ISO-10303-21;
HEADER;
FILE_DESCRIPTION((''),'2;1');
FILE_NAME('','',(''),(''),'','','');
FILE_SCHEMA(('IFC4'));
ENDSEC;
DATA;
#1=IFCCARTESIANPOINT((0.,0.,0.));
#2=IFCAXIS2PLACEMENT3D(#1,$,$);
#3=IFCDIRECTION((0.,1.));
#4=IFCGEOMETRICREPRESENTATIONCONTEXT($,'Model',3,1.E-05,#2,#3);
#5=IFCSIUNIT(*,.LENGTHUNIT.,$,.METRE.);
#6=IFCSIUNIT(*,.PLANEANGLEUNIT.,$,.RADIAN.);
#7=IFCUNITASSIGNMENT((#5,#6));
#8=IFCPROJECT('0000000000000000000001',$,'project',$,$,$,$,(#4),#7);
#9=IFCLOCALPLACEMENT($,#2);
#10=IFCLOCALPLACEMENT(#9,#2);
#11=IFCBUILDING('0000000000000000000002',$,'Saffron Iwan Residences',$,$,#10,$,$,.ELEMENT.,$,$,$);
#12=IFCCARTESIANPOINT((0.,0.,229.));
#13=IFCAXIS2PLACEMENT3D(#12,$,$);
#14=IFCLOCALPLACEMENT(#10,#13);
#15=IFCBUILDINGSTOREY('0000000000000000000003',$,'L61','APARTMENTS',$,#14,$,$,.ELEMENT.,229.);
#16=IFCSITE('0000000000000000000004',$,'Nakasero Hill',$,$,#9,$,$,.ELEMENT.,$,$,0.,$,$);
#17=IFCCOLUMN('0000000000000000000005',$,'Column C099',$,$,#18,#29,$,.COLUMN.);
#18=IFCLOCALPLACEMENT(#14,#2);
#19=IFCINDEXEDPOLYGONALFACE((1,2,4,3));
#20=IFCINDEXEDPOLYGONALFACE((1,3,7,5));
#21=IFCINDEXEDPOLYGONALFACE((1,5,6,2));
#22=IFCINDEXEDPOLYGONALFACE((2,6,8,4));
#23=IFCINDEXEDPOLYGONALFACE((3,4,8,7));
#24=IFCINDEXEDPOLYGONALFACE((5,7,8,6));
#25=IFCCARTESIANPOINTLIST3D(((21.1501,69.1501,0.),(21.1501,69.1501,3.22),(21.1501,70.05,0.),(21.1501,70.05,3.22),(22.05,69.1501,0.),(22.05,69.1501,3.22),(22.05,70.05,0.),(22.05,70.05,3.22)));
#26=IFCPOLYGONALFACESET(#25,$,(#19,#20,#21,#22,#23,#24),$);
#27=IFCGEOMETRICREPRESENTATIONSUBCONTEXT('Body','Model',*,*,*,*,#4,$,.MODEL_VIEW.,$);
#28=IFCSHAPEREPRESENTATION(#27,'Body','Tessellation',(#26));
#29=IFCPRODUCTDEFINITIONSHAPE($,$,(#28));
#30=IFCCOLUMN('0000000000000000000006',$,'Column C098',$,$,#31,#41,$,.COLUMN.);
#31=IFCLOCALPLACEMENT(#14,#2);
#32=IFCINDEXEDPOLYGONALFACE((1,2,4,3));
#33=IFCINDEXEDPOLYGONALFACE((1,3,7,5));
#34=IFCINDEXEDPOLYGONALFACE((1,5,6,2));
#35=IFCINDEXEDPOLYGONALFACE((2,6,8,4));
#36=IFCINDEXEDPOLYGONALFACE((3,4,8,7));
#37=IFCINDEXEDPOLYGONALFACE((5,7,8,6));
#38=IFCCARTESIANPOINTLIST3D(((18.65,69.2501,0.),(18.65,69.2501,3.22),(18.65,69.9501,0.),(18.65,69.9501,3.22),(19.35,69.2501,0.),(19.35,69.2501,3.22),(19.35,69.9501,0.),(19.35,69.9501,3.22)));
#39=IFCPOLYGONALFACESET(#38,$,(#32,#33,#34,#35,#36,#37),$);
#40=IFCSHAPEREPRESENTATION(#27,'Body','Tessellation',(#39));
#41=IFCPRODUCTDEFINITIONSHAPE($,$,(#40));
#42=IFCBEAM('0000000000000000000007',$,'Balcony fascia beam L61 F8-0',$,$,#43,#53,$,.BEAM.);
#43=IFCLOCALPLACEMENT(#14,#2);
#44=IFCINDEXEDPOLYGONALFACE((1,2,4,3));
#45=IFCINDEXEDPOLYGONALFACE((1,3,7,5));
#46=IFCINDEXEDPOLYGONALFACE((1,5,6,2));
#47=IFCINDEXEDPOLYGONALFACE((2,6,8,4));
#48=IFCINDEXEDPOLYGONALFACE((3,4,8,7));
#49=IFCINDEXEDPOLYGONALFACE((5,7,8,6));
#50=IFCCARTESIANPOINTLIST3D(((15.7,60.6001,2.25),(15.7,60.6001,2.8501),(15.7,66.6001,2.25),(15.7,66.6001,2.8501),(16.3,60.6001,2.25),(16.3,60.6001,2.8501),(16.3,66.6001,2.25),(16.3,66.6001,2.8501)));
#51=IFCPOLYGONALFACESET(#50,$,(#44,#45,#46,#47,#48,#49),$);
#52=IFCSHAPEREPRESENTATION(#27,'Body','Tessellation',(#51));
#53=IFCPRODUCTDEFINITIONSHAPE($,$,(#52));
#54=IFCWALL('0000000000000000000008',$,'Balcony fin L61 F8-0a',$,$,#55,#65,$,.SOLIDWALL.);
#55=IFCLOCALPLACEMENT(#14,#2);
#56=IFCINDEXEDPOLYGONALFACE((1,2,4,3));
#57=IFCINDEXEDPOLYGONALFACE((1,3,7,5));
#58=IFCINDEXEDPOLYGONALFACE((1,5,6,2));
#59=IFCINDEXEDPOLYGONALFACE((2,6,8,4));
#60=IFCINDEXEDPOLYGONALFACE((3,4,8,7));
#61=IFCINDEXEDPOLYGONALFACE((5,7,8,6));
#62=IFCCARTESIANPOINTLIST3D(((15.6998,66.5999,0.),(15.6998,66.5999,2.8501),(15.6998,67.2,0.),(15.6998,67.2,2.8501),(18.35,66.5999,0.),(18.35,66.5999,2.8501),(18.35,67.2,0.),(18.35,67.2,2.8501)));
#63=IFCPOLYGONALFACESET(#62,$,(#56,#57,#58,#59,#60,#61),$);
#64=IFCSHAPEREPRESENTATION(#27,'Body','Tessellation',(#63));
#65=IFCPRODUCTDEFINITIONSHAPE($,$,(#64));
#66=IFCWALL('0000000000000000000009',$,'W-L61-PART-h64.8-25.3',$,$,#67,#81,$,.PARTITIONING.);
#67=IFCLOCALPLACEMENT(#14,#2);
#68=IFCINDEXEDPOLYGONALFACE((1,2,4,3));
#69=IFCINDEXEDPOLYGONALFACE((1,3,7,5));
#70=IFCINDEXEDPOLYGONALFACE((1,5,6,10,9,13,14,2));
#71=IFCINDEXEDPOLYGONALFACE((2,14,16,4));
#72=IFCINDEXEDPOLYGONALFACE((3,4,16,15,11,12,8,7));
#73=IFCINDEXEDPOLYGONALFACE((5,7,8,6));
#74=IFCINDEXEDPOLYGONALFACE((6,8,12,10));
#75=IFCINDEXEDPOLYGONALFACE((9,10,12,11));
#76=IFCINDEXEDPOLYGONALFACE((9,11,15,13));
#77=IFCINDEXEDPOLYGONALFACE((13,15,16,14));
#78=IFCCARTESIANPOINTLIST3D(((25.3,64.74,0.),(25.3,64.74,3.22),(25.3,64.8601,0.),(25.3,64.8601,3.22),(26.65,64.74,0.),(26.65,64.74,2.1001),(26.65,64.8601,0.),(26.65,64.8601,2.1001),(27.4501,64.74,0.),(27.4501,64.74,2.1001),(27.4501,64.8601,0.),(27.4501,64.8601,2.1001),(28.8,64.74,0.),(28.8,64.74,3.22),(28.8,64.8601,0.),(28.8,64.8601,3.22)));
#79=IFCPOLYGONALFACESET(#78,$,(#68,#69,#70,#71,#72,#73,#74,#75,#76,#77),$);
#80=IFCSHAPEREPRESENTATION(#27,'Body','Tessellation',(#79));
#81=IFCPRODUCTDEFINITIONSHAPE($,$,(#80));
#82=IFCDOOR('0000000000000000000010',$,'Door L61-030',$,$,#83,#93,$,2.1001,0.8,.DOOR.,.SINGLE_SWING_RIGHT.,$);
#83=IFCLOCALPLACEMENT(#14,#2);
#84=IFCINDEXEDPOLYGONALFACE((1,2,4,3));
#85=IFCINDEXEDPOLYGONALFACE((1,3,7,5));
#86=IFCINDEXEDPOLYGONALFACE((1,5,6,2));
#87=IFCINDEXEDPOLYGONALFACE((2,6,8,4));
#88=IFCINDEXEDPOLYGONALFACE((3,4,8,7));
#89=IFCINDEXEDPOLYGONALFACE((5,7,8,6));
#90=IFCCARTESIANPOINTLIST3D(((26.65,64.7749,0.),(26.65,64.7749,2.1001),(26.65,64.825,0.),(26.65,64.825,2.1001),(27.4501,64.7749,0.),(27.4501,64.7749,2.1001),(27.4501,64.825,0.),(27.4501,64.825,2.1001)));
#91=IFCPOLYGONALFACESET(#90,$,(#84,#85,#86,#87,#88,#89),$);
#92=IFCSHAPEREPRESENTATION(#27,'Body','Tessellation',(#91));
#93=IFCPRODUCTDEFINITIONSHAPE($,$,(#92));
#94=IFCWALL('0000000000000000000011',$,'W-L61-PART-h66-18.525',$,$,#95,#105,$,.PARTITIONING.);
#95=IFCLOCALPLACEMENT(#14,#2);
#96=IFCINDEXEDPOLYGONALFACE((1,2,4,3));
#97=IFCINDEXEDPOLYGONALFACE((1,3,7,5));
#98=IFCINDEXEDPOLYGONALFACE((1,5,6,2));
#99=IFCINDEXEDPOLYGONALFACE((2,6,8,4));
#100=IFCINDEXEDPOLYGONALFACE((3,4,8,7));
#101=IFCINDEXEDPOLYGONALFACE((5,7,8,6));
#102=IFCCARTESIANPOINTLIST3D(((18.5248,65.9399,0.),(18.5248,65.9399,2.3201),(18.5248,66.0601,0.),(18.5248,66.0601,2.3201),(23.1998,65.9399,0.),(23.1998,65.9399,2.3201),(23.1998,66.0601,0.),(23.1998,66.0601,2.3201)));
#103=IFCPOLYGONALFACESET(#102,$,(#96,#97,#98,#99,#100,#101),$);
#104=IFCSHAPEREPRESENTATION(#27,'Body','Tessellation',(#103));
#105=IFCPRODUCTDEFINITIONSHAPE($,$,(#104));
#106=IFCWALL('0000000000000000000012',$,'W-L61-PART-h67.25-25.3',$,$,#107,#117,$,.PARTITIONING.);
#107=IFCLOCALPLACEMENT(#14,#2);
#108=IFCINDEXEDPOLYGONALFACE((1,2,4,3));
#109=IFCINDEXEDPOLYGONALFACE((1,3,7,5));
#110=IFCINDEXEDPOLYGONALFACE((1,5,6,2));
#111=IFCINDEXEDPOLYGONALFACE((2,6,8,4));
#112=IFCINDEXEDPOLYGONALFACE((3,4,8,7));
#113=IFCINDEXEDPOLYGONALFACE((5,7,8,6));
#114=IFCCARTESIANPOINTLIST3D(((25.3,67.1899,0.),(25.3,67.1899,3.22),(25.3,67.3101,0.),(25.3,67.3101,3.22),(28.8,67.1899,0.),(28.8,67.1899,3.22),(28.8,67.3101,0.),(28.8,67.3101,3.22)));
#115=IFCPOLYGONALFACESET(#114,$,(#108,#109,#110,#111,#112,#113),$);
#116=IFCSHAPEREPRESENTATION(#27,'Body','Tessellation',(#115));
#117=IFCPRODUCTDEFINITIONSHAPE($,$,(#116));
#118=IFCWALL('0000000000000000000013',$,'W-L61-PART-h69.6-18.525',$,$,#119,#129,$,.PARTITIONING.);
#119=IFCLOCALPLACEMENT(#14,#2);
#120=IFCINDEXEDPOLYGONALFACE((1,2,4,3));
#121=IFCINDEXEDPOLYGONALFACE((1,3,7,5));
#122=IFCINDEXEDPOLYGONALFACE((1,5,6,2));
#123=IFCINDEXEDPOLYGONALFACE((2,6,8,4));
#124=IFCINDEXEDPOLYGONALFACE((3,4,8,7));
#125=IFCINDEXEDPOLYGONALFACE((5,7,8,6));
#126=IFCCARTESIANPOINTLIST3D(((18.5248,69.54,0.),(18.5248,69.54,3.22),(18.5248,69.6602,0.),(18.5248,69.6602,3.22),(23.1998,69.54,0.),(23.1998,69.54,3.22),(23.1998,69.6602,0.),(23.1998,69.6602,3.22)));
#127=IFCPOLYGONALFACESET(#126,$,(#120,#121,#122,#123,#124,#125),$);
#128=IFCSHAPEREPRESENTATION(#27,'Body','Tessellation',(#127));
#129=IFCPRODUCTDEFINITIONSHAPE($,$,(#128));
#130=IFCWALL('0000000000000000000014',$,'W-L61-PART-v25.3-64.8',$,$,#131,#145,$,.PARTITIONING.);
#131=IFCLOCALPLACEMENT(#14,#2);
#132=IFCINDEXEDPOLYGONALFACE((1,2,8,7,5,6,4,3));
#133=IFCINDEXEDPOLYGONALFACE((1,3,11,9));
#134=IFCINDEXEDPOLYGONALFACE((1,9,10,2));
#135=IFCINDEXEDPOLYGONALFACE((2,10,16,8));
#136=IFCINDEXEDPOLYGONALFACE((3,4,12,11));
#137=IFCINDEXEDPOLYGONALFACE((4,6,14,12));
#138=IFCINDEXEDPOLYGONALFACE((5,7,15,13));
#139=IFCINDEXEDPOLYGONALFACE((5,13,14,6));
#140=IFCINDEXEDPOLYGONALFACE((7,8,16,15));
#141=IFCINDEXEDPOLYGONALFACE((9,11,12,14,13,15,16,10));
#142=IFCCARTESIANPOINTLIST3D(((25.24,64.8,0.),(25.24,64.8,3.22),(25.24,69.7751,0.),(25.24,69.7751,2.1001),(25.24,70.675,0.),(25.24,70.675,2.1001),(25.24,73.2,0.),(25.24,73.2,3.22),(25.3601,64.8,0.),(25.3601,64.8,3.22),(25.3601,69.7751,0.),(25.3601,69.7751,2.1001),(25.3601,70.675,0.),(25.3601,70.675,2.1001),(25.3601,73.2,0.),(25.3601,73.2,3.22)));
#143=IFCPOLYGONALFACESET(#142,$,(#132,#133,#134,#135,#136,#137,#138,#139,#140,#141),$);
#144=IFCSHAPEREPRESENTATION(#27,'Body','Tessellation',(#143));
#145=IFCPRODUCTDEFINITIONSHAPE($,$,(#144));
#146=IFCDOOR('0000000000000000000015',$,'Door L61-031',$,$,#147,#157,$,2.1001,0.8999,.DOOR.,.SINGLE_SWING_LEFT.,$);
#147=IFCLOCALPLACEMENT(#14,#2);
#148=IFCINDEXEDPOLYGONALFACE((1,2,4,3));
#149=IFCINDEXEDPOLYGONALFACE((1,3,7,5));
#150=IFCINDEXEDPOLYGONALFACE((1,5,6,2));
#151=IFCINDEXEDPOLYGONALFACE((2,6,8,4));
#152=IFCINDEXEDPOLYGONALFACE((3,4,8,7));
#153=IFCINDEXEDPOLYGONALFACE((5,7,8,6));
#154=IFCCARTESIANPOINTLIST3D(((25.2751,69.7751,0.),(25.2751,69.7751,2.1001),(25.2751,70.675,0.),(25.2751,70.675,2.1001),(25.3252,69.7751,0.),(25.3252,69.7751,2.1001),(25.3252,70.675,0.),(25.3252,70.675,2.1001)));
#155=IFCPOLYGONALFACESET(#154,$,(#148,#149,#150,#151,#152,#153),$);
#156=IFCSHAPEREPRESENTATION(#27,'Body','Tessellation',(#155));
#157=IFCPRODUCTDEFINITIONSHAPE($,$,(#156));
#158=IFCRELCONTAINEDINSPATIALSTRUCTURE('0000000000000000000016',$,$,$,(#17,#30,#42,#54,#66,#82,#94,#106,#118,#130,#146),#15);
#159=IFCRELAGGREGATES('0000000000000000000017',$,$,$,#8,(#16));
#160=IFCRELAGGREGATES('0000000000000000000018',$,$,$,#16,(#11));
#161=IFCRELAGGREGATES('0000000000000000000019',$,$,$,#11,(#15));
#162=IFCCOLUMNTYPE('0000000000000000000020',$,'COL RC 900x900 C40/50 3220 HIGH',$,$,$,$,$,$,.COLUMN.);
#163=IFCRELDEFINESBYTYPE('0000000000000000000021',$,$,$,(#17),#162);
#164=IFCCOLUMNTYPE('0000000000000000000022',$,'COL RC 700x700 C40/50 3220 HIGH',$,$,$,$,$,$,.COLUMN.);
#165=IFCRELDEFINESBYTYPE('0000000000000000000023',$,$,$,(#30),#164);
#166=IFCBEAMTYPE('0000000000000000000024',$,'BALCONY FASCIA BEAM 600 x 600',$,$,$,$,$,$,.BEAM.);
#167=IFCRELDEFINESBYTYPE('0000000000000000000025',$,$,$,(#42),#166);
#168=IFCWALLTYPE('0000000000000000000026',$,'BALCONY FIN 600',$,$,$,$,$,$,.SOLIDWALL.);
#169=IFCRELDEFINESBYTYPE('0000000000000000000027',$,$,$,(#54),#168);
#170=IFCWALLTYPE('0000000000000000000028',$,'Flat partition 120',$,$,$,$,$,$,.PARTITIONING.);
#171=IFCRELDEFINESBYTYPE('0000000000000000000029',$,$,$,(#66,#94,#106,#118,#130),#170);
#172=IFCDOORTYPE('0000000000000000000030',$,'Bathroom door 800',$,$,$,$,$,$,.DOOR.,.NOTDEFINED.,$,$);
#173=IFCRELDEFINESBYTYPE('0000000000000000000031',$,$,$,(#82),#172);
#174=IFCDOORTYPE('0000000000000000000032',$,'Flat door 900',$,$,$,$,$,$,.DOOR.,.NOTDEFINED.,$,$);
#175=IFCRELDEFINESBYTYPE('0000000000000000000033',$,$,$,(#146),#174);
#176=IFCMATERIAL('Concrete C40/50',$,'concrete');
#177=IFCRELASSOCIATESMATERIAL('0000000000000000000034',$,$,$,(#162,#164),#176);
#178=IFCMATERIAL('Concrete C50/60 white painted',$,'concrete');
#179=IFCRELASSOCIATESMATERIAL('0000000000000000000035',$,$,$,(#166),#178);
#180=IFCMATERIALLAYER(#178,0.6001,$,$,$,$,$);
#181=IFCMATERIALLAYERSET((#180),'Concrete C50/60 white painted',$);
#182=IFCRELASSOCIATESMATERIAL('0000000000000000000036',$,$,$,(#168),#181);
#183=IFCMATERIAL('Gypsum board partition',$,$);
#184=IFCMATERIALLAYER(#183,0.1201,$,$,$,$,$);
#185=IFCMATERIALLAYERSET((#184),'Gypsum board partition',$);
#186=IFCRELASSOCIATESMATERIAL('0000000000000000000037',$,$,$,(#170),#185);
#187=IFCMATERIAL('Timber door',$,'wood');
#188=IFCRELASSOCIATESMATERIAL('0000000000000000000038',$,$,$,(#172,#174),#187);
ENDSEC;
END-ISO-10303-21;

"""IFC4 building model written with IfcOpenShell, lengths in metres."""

from ifc_helpers import new_model, si_unit, direction, frame, frame_2d, origin, origin_2d, place, context, subcontext, project, spatial, rectangle, extrude, source, transform, mapped, material, layer, layer_set, material_profile, profile_set, type_object, element, fill, save


model = new_model("IFC4")

# Units and contexts
model_context = context("Model", 3, precision=1e-05, world=origin(), true_north=direction((0.0, 1.0)))
body_context = subcontext(model_context, "Body", "Model", "MODEL_VIEW")
ifc_project = project(units=[si_unit("LENGTHUNIT", "METRE"), si_unit("PLANEANGLEUNIT", "RADIAN")], contexts=[model_context])

# Site, building, storey
site_placement = place(None, origin())
site = spatial("IfcSite", under=ifc_project, at=site_placement, Name="Nakasero Hill", CompositionType="ELEMENT", RefElevation=0.0)
building_placement = place(site_placement, origin())
building = spatial("IfcBuilding", under=site, at=building_placement, Name="Saffron Iwan Residences", CompositionType="ELEMENT")
storey_placement = place(building_placement, frame((0.0, 0.0, 229.0)))
storey = spatial("IfcBuildingStorey", under=building, at=storey_placement, Name="L61", Description="APARTMENTS", CompositionType="ELEMENT", Elevation=229.0)

# Columns
ifc_material_1 = material(Name="Concrete C40/50", Category="concrete")
ifc_material_profile_1 = material_profile(ifc_material_1, rectangle(XDim=0.8999, YDim=0.8999, at=origin_2d()), Name="RC 900x900")
ifc_profile_set_1 = profile_set([ifc_material_profile_1], Name="Concrete C40/50")
column_type_1 = type_object("IfcColumnType", Name="COL RC 900x900 C40/50 3220 HIGH", PredefinedType="COLUMN", material=ifc_profile_set_1)
shared_shape_1 = source(origin(), body_context, "Body", "SweptSolid", [
    extrude(rectangle(XDim=0.8999, YDim=0.8999, at=origin_2d()), origin(), (0.0, 0.0, 1.0), 3.22),
])
column_1_placement = place(storey_placement, frame((21.6001, 69.6001, 0.0), z_axis=(0.0, 0.0, 1.0), x_axis=(1.0, 0.0, 0.0)))
element("IfcColumn", 1, at=column_1_placement, inside=storey, type_object=column_type_1, Name="Column C099", PredefinedType="COLUMN", context=body_context, shape_type="MappedRepresentation", body=[
    mapped(shared_shape_1, transform((0.0, 0.0, 0.0))),
])
ifc_material_profile_2 = material_profile(ifc_material_1, rectangle(XDim=0.7, YDim=0.7, at=origin_2d()), Name="RC 700x700")
ifc_profile_set_2 = profile_set([ifc_material_profile_2], Name="Concrete C40/50")
column_type_2 = type_object("IfcColumnType", Name="COL RC 700x700 C40/50 3220 HIGH", PredefinedType="COLUMN", material=ifc_profile_set_2)
shared_shape_2 = source(origin(), body_context, "Body", "SweptSolid", [
    extrude(rectangle(XDim=0.7, YDim=0.7, at=origin_2d()), origin(), (0.0, 0.0, 1.0), 3.22),
])
column_2_placement = place(storey_placement, frame((19.0, 69.6001, 0.0), z_axis=(0.0, 0.0, 1.0), x_axis=(1.0, 0.0, 0.0)))
element("IfcColumn", 2, at=column_2_placement, inside=storey, type_object=column_type_2, Name="Column C098", PredefinedType="COLUMN", context=body_context, shape_type="MappedRepresentation", body=[
    mapped(shared_shape_2, transform((0.0, 0.0, 0.0))),
])

# Beam
ifc_material_2 = material(Name="Concrete C50/60 white painted", Category="concrete")
ifc_material_profile_3 = material_profile(ifc_material_2, rectangle(XDim=0.6001, YDim=0.6001, at=origin_2d()), Name="BALCONY FASCIA BEAM 600 x 600")
ifc_profile_set_3 = profile_set([ifc_material_profile_3], Name="Concrete C50/60 white painted")
beam_type = type_object("IfcBeamType", Name="BALCONY FASCIA BEAM 600 x 600", PredefinedType="BEAM", material=ifc_profile_set_3)
shared_shape_3 = source(origin(), body_context, "Body", "SweptSolid", [
    extrude(rectangle(XDim=0.6001, YDim=0.6001, at=origin_2d()), origin(), (0.0, 0.0, 1.0), 6.0),
])
beam_placement = place(storey_placement, frame((16.0, 66.6001, 2.55), z_axis=(0.0, -1.0, 0.0), x_axis=(1.0, 0.0, 0.0)))
element("IfcBeam", 3, at=beam_placement, inside=storey, type_object=beam_type, Name="Balcony fascia beam L61 F8-0", PredefinedType="BEAM", context=body_context, shape_type="MappedRepresentation", body=[
    mapped(shared_shape_3, transform((0.0, 0.0, 0.0))),
])

# Wall
ifc_layer_1 = layer(ifc_material_2, 0.6001)
ifc_layer_set_1 = layer_set([ifc_layer_1], Name="Concrete C50/60 white painted")
wall_type_1 = type_object("IfcWallType", Name="BALCONY FIN 600", PredefinedType="SOLIDWALL", material=ifc_layer_set_1)
wall_1_placement = place(storey_placement, frame((18.3501, 66.8999, 0.0), z_axis=(0.0, 0.0, 1.0), x_axis=(-1.0, 0.0, 0.0)))
element("IfcWall", 4, at=wall_1_placement, inside=storey, type_object=wall_type_1, Name="Balcony fin L61 F8-0a", PredefinedType="SOLIDWALL", context=body_context, shape_type="SweptSolid", body=[
    extrude(rectangle(XDim=2.6501, YDim=0.6001, at=frame_2d((1.3252, 0.0))), origin(), (0.0, 0.0, 1.0), 2.8501),
])

# Wall, opening, door
ifc_material_3 = material(Name="Gypsum board partition")
ifc_layer_2 = layer(ifc_material_3, 0.1201)
ifc_layer_set_2 = layer_set([ifc_layer_2], Name="Gypsum board partition")
wall_type_2 = type_object("IfcWallType", Name="Flat partition 120", PredefinedType="PARTITIONING", material=ifc_layer_set_2)
wall_2_placement = place(storey_placement, frame((25.3, 64.8, 0.0), z_axis=(0.0, 0.0, 1.0), x_axis=(1.0, 0.0, 0.0)))
wall_2 = element("IfcWall", 5, at=wall_2_placement, inside=storey, type_object=wall_type_2, Name="W-L61-PART-h64.8-25.3", PredefinedType="PARTITIONING", context=body_context, shape_type="SweptSolid", body=[
    extrude(rectangle(XDim=3.5, YDim=0.1201, at=frame_2d((1.75, 0.0))), origin(), (0.0, 0.0, 1.0), 3.22),
])
opening_1_placement = place(wall_2_placement, frame((1.3501, 0.0, 0.0)))
opening_1 = element("IfcOpeningElement", 6, at=opening_1_placement, cuts=wall_2, PredefinedType="OPENING", context=body_context, shape_type="SweptSolid", body=[
    extrude(rectangle(XDim=0.8, YDim=2.1001, at=frame_2d((0.3999, 1.05))), frame((0.0, 0.0701, 0.0), z_axis=(0.0, -1.0, 0.0), x_axis=(1.0, 0.0, 0.0)), (0.0, 0.0, 1.0), 0.1401),
])
ifc_material_4 = material(Name="Timber door", Category="wood")
door_type_1 = type_object("IfcDoorType", Name="Bathroom door 800", OperationType="NOTDEFINED", PredefinedType="DOOR", material=ifc_material_4)
door_1_placement = place(opening_1_placement, origin())
door_1 = element("IfcDoor", 7, at=door_1_placement, inside=storey, type_object=door_type_1, Name="Door L61-030", OperationType="SINGLE_SWING_RIGHT", OverallHeight=2.1001, OverallWidth=0.8, PredefinedType="DOOR", context=body_context, shape_type="SweptSolid", body=[
    extrude(rectangle(XDim=0.8, YDim=2.1001, at=frame_2d((0.3999, 1.05))), frame((0.0, 0.0249, 0.0), z_axis=(0.0, -1.0, 0.0), x_axis=(1.0, 0.0, 0.0)), (0.0, 0.0, 1.0), 0.05),
])
fill(opening_1, door_1)

# Walls
wall_3_placement = place(storey_placement, frame((18.5249, 66.0, 0.0), z_axis=(0.0, 0.0, 1.0), x_axis=(1.0, 0.0, 0.0)))
element("IfcWall", 8, at=wall_3_placement, inside=storey, type_object=wall_type_2, Name="W-L61-PART-h66-18.525", PredefinedType="PARTITIONING", context=body_context, shape_type="SweptSolid", body=[
    extrude(rectangle(XDim=4.675, YDim=0.1201, at=frame_2d((2.3374, 0.0))), origin(), (0.0, 0.0, 1.0), 2.3201),
])
wall_4_placement = place(storey_placement, frame((25.3, 67.25, 0.0), z_axis=(0.0, 0.0, 1.0), x_axis=(1.0, 0.0, 0.0)))
element("IfcWall", 9, at=wall_4_placement, inside=storey, type_object=wall_type_2, Name="W-L61-PART-h67.25-25.3", PredefinedType="PARTITIONING", context=body_context, shape_type="SweptSolid", body=[
    extrude(rectangle(XDim=3.5, YDim=0.1201, at=frame_2d((1.75, 0.0))), origin(), (0.0, 0.0, 1.0), 3.22),
])
wall_5_placement = place(storey_placement, frame((18.5249, 69.6001, 0.0), z_axis=(0.0, 0.0, 1.0), x_axis=(1.0, 0.0, 0.0)))
element("IfcWall", 10, at=wall_5_placement, inside=storey, type_object=wall_type_2, Name="W-L61-PART-h69.6-18.525", PredefinedType="PARTITIONING", context=body_context, shape_type="SweptSolid", body=[
    extrude(rectangle(XDim=4.675, YDim=0.1201, at=frame_2d((2.3374, 0.0))), origin(), (0.0, 0.0, 1.0), 3.22),
])

# Wall, opening, door
wall_6_placement = place(storey_placement, frame((25.3, 64.8, 0.0), z_axis=(0.0, 0.0, 1.0), x_axis=(0.0, 1.0, 0.0)))
wall_6 = element("IfcWall", 11, at=wall_6_placement, inside=storey, type_object=wall_type_2, Name="W-L61-PART-v25.3-64.8", PredefinedType="PARTITIONING", context=body_context, shape_type="SweptSolid", body=[
    extrude(rectangle(XDim=8.3999, YDim=0.1201, at=frame_2d((4.2, 0.0))), origin(), (0.0, 0.0, 1.0), 3.22),
])
opening_2_placement = place(wall_6_placement, frame((4.9751, 0.0, 0.0)))
opening_2 = element("IfcOpeningElement", 12, at=opening_2_placement, cuts=wall_6, PredefinedType="OPENING", context=body_context, shape_type="SweptSolid", body=[
    extrude(rectangle(XDim=0.8999, YDim=2.1001, at=frame_2d((0.45, 1.05))), frame((0.0, 0.0701, 0.0), z_axis=(0.0, -1.0, 0.0), x_axis=(1.0, 0.0, 0.0)), (0.0, 0.0, 1.0), 0.1401),
])
door_type_2 = type_object("IfcDoorType", Name="Flat door 900", OperationType="NOTDEFINED", PredefinedType="DOOR", material=ifc_material_4)
door_2_placement = place(opening_2_placement, origin())
door_2 = element("IfcDoor", 13, at=door_2_placement, inside=storey, type_object=door_type_2, Name="Door L61-031", OperationType="SINGLE_SWING_LEFT", OverallHeight=2.1001, OverallWidth=0.8999, PredefinedType="DOOR", context=body_context, shape_type="SweptSolid", body=[
    extrude(rectangle(XDim=0.8999, YDim=2.1001, at=frame_2d((0.45, 1.05))), frame((0.0, 0.0249, 0.0), z_axis=(0.0, -1.0, 0.0), x_axis=(1.0, 0.0, 0.0)), (0.0, 0.0, 1.0), 0.05),
])
fill(opening_2, door_2)

save(model, "model.ifc")
